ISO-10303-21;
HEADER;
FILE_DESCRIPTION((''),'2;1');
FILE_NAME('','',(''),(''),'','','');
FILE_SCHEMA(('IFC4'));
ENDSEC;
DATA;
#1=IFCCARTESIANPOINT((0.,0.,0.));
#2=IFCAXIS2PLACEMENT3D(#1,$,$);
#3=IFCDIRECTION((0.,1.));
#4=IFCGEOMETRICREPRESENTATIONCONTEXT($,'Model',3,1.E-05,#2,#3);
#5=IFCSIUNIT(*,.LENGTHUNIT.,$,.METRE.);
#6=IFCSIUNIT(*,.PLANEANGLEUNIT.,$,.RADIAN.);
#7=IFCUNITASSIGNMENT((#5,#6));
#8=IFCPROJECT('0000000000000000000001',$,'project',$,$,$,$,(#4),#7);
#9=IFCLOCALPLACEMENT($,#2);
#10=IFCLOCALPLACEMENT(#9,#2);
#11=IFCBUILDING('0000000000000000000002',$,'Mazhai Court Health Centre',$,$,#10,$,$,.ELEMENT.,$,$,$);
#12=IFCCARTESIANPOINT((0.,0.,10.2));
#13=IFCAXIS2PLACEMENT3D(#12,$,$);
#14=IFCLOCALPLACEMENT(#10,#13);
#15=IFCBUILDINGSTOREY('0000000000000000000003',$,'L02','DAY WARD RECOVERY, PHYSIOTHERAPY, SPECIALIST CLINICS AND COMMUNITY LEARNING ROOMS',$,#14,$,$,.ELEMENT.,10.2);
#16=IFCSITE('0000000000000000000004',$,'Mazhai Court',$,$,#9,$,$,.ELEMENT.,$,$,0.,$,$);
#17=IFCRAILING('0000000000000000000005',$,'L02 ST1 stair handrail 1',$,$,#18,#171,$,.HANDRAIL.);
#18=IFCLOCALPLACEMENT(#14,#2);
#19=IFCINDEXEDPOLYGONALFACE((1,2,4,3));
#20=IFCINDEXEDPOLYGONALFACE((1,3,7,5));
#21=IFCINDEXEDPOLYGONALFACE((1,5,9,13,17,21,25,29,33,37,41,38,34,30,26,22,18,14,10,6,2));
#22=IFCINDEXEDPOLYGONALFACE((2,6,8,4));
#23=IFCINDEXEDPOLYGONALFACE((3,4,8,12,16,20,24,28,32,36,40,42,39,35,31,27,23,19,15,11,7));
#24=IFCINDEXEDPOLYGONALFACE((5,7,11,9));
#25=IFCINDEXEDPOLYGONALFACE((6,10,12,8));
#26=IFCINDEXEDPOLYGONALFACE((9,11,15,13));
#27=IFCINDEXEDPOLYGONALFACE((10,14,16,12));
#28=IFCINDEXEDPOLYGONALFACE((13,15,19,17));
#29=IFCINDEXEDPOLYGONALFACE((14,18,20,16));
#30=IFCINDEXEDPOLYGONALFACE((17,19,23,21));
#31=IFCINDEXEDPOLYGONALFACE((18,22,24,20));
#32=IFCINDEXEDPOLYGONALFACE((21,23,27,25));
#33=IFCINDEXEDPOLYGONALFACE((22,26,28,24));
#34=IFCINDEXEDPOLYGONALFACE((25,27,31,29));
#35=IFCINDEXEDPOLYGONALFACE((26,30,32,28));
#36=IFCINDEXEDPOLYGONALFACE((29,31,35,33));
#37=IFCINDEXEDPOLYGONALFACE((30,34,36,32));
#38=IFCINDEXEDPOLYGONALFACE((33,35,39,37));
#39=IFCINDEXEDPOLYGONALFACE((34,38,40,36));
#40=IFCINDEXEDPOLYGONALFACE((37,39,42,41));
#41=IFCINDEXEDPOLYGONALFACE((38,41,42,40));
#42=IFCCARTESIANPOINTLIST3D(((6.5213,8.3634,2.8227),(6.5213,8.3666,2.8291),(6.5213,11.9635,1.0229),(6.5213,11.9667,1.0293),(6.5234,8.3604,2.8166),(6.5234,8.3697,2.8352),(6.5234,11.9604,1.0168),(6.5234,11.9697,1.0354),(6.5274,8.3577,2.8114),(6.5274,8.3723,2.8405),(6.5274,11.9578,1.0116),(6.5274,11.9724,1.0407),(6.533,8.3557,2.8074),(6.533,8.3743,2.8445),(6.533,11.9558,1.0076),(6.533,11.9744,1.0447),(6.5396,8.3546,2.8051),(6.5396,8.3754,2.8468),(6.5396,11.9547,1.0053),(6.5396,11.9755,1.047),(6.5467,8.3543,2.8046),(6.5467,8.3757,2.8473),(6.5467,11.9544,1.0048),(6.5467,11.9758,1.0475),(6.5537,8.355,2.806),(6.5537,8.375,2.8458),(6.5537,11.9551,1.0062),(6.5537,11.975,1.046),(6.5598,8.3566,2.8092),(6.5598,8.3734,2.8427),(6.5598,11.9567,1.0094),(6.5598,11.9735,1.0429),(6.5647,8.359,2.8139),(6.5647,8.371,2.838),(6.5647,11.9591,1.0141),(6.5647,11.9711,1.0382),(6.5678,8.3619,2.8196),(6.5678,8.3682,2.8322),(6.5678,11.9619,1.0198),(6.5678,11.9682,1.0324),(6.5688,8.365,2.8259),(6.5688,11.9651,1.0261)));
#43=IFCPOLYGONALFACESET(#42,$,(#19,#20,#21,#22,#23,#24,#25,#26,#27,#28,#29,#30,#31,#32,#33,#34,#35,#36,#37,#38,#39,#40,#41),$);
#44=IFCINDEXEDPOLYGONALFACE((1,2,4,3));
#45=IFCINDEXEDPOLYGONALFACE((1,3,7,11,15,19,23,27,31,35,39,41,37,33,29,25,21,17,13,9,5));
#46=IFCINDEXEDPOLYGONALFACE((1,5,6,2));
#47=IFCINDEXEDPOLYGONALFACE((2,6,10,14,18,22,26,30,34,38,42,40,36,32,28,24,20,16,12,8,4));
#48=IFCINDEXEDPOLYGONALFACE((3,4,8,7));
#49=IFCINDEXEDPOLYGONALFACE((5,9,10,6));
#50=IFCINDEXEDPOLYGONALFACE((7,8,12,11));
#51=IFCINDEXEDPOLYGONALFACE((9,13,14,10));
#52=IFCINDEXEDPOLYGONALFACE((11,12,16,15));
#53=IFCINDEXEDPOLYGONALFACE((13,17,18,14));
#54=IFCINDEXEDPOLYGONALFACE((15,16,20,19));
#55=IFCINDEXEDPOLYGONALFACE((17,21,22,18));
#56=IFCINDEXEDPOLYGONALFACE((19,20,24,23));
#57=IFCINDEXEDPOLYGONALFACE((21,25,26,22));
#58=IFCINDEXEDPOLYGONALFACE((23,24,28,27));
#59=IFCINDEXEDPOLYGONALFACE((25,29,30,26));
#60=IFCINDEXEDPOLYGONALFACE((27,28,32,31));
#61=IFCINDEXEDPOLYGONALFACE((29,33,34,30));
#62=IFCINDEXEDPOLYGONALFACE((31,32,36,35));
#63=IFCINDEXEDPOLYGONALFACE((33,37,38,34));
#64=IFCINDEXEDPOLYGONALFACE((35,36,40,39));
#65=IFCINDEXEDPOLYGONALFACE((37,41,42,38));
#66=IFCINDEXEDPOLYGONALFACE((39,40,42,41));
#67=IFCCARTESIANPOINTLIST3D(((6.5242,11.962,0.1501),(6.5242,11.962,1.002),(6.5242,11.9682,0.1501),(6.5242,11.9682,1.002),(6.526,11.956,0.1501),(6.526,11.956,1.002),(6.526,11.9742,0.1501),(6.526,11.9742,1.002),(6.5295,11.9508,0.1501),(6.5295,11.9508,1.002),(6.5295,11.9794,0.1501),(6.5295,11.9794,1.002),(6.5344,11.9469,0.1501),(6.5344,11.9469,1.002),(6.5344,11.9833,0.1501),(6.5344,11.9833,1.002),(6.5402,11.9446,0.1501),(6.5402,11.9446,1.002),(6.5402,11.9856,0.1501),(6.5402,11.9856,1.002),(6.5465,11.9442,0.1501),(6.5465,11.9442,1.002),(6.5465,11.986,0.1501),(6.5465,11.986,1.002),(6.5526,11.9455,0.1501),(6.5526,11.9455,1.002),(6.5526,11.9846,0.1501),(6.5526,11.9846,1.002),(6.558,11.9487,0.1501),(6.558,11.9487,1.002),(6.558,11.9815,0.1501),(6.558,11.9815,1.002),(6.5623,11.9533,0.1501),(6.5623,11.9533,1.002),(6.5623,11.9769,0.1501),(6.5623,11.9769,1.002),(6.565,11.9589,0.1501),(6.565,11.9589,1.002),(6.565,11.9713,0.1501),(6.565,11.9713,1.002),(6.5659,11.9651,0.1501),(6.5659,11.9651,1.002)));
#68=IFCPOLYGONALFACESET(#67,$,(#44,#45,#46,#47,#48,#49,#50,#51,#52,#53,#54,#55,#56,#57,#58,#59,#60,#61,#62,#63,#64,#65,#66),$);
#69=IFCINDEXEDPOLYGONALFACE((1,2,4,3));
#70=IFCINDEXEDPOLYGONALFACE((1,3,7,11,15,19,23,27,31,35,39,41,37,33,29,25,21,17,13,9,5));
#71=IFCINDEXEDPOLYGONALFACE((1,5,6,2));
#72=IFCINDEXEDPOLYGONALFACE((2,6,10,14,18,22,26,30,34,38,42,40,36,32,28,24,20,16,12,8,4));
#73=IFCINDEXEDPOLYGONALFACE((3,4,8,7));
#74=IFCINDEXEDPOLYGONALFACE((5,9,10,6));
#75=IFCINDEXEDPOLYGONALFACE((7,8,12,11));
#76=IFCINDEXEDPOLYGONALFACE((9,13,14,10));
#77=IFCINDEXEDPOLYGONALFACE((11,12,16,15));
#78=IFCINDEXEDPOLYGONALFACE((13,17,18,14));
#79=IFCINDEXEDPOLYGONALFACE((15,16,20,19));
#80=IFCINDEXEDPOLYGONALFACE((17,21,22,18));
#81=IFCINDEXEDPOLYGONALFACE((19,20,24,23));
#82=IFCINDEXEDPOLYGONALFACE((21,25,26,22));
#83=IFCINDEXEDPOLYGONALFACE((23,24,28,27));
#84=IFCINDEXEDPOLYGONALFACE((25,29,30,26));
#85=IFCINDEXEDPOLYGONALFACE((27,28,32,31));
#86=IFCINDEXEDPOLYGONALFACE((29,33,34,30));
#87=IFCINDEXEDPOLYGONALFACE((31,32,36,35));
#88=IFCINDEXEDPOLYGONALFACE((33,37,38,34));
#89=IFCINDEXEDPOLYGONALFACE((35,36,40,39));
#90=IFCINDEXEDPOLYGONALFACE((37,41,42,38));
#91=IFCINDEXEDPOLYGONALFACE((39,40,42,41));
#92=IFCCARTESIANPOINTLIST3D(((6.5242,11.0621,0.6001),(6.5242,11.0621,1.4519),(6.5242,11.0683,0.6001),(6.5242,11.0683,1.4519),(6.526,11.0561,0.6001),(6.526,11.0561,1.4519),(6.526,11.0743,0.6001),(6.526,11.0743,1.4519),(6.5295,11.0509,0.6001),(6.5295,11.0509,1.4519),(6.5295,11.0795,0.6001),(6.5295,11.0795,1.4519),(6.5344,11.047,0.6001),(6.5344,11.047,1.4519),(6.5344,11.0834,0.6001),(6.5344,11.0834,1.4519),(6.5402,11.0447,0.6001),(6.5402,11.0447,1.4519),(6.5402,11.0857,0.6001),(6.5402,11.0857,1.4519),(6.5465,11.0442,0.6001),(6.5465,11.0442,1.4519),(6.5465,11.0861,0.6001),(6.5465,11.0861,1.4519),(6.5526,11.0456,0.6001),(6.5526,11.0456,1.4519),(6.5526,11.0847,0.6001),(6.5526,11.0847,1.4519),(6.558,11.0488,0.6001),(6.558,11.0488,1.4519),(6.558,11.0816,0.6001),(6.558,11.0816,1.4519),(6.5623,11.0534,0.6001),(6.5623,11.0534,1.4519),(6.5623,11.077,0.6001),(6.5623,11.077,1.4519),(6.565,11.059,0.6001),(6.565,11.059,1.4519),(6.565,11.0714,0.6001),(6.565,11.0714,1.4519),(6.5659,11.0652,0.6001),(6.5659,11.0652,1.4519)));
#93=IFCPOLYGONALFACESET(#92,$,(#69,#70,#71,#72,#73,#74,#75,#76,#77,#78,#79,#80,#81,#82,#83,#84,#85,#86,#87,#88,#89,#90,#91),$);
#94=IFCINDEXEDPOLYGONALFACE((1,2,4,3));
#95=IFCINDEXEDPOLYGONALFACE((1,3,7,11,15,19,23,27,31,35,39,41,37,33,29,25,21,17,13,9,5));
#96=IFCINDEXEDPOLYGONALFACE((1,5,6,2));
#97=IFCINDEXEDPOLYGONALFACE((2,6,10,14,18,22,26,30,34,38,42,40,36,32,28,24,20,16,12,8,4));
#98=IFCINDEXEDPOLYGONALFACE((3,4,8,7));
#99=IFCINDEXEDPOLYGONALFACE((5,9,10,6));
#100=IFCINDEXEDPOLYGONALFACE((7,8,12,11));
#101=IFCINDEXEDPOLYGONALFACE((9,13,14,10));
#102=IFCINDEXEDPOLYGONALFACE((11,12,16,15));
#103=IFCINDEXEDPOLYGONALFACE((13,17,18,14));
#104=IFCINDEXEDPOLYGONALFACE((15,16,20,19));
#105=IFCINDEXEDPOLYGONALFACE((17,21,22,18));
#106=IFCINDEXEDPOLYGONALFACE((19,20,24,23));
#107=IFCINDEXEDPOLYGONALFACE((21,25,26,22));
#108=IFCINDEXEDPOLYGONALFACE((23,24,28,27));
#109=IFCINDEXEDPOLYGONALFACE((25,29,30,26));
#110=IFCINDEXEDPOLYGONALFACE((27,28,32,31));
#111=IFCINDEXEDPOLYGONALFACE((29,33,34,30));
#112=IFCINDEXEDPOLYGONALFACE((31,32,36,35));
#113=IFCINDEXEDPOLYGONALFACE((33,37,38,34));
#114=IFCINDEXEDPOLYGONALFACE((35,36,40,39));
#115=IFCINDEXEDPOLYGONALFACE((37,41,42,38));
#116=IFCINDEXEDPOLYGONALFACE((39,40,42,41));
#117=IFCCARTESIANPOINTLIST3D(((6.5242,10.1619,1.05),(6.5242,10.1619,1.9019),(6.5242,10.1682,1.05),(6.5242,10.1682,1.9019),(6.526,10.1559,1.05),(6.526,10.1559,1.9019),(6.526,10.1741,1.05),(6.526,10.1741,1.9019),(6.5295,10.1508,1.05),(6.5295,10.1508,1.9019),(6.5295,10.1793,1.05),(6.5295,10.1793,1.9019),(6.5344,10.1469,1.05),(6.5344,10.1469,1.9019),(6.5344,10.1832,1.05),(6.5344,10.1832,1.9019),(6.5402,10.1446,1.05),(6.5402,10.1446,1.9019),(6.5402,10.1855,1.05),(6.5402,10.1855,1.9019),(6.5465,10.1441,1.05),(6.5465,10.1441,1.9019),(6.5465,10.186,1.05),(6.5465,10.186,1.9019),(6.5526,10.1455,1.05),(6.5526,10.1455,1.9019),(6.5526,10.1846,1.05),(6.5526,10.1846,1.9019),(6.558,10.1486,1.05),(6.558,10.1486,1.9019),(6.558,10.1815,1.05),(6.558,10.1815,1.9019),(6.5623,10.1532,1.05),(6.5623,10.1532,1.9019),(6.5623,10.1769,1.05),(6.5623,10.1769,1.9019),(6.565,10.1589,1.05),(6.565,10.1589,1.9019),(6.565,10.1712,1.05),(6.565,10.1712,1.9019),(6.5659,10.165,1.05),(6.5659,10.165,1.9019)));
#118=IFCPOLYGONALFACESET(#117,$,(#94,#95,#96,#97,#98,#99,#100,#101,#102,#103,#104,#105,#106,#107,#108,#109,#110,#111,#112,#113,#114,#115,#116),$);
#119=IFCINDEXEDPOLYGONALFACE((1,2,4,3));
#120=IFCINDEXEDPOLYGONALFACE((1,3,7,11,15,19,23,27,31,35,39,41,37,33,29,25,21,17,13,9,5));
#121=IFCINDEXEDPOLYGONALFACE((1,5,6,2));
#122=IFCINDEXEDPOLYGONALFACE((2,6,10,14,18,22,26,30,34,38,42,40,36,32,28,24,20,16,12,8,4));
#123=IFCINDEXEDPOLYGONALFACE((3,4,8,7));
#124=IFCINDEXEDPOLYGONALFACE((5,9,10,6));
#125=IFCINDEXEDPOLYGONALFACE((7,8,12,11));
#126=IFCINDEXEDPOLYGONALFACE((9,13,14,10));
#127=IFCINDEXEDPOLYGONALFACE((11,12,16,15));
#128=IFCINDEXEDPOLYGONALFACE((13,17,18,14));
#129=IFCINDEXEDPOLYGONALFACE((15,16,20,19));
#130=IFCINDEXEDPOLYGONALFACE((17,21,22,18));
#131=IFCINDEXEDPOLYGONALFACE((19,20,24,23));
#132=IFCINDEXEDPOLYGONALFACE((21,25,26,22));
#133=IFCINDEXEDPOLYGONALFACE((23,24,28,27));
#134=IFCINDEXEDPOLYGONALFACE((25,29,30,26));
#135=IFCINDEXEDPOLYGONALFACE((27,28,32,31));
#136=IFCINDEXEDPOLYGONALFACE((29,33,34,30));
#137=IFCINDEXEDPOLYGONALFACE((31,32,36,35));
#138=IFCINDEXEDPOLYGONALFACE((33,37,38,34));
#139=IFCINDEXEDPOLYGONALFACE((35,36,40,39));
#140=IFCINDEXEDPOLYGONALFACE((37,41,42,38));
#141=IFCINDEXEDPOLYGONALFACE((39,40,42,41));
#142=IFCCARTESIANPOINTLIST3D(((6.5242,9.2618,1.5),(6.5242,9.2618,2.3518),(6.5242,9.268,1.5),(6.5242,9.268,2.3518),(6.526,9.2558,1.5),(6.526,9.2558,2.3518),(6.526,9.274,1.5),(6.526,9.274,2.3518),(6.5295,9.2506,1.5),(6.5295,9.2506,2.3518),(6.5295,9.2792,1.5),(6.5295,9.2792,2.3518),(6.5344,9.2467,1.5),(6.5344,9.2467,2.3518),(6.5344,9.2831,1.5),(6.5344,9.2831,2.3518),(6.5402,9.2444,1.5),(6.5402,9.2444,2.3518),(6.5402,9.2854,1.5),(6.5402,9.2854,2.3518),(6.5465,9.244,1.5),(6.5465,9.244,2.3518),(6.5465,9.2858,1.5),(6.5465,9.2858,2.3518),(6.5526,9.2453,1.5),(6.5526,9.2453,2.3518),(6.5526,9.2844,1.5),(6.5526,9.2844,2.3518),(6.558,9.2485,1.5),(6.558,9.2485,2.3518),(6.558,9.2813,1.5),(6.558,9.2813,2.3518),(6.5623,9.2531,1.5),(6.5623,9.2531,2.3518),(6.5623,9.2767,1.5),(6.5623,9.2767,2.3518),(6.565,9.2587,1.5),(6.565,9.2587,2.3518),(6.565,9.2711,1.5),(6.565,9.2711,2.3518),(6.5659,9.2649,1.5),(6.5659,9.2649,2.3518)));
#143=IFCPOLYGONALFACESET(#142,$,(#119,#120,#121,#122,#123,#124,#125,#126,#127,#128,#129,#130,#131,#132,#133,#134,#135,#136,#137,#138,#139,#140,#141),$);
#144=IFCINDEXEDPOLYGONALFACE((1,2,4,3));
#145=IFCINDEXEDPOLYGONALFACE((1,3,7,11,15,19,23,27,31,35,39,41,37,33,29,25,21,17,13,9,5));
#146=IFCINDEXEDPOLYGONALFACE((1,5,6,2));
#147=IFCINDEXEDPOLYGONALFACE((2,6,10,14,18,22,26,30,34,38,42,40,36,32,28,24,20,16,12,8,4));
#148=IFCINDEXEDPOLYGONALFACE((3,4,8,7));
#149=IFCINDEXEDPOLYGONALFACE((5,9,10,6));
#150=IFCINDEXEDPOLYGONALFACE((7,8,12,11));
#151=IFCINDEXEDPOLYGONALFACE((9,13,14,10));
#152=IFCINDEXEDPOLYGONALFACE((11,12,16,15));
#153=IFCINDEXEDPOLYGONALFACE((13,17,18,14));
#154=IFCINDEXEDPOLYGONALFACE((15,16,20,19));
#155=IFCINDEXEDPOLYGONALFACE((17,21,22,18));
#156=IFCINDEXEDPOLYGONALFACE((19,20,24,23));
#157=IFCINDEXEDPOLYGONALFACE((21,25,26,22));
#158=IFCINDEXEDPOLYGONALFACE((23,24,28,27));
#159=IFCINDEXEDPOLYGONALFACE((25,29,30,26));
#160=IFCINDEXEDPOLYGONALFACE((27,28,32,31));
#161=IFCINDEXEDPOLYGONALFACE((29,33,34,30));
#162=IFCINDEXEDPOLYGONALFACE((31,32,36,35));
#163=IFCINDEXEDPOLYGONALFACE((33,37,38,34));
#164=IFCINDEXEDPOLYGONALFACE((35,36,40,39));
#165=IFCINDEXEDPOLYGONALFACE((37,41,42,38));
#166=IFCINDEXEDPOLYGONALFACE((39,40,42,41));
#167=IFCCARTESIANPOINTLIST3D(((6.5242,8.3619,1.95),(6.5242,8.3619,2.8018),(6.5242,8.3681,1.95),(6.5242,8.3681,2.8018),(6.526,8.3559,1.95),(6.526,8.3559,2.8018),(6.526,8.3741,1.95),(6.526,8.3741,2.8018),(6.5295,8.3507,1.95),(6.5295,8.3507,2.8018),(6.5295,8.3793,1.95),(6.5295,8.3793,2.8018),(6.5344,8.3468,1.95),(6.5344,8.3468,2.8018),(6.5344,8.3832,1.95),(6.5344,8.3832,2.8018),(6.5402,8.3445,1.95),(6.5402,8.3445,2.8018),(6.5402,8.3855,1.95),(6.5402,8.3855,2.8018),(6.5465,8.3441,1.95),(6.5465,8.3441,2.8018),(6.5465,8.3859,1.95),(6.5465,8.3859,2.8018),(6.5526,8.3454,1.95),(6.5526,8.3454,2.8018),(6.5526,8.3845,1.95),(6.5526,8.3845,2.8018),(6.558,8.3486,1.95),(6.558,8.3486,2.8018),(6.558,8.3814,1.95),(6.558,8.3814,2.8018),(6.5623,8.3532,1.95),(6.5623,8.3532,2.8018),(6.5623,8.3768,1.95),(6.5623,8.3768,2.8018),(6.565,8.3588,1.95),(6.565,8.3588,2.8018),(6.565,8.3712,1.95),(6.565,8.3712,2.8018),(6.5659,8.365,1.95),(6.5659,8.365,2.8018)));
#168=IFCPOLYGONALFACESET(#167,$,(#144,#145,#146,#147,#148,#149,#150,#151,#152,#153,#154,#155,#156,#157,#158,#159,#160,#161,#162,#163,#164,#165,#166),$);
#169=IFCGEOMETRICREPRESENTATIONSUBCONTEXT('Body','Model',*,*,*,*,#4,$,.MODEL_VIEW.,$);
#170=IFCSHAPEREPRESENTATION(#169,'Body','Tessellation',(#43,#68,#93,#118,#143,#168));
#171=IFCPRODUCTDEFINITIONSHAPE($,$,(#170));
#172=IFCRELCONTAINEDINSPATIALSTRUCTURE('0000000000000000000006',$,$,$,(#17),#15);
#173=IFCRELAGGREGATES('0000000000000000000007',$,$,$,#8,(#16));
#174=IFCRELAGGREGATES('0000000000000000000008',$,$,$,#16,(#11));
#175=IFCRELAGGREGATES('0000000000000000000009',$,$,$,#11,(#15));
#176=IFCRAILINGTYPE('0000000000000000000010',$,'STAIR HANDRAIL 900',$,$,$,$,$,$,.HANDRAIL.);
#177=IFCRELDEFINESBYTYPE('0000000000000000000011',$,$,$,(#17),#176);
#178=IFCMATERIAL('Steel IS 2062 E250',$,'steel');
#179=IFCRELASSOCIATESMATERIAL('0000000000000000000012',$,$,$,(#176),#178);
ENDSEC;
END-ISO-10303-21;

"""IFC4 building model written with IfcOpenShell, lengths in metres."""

from ifc_helpers import new_model, si_unit, direction, frame, origin, origin_2d, place, context, subcontext, project, spatial, circle, extrude, material, type_object, element, save


model = new_model("IFC4")

# Units and contexts
model_context = context("Model", 3, precision=1e-05, world=origin(), true_north=direction((0.0, 1.0)))
body_context = subcontext(model_context, "Body", "Model", "MODEL_VIEW")
ifc_project = project(units=[si_unit("LENGTHUNIT", "METRE"), si_unit("PLANEANGLEUNIT", "RADIAN")], contexts=[model_context])

# Site, building, storey
site_placement = place(None, origin())
site = spatial("IfcSite", under=ifc_project, at=site_placement, Name="Mazhai Court", CompositionType="ELEMENT", RefElevation=0.0)
building_placement = place(site_placement, origin())
building = spatial("IfcBuilding", under=site, at=building_placement, Name="Mazhai Court Health Centre", CompositionType="ELEMENT")
storey_placement = place(building_placement, frame((0.0, 0.0, 10.2)))
storey = spatial("IfcBuildingStorey", under=building, at=storey_placement, Name="L02", Description="DAY WARD RECOVERY, PHYSIOTHERAPY, SPECIALIST CLINICS AND COMMUNITY LEARNING ROOMS", CompositionType="ELEMENT", Elevation=10.2)

# Railing
ifc_material_1 = material(Name="Steel IS 2062 E250", Category="steel")
railing_type_1 = type_object("IfcRailingType", Name="STAIR HANDRAIL 900", PredefinedType="HANDRAIL", material=ifc_material_1)
railing_1_placement = place(storey_placement, frame((6.5449, 11.9651, 0.1501)))
element("IfcRailing", 1, at=railing_1_placement, inside=storey, type_object=railing_type_1, Name="L02 ST1 stair handrail 1", PredefinedType="HANDRAIL", context=body_context, shape_type="SweptSolid", body=[
    extrude(circle(Radius=0.0239, at=origin_2d()), frame((0.0, 0.0, 0.876), z_axis=(0.0, -0.894451, 0.447165), x_axis=(1.0, 0.0, 0.0)), (0.0, 0.0, 1.0), 4.0249),
    extrude(circle(Radius=0.021, at=origin_2d()), origin(), (0.0, 0.0, 1.0), 0.8518),
    extrude(circle(Radius=0.021, at=origin_2d()), frame((0.0, -0.8999, 0.45)), (0.0, 0.0, 1.0), 0.8518),
    extrude(circle(Radius=0.021, at=origin_2d()), frame((0.0, -1.8, 0.8999)), (0.0, 0.0, 1.0), 0.8518),
    extrude(circle(Radius=0.021, at=origin_2d()), frame((0.0, -2.7002, 1.3499)), (0.0, 0.0, 1.0), 0.8518),
    extrude(circle(Radius=0.021, at=origin_2d()), frame((0.0, -3.6001, 1.7998)), (0.0, 0.0, 1.0), 0.8518),
])

save(model, "model.ifc")
